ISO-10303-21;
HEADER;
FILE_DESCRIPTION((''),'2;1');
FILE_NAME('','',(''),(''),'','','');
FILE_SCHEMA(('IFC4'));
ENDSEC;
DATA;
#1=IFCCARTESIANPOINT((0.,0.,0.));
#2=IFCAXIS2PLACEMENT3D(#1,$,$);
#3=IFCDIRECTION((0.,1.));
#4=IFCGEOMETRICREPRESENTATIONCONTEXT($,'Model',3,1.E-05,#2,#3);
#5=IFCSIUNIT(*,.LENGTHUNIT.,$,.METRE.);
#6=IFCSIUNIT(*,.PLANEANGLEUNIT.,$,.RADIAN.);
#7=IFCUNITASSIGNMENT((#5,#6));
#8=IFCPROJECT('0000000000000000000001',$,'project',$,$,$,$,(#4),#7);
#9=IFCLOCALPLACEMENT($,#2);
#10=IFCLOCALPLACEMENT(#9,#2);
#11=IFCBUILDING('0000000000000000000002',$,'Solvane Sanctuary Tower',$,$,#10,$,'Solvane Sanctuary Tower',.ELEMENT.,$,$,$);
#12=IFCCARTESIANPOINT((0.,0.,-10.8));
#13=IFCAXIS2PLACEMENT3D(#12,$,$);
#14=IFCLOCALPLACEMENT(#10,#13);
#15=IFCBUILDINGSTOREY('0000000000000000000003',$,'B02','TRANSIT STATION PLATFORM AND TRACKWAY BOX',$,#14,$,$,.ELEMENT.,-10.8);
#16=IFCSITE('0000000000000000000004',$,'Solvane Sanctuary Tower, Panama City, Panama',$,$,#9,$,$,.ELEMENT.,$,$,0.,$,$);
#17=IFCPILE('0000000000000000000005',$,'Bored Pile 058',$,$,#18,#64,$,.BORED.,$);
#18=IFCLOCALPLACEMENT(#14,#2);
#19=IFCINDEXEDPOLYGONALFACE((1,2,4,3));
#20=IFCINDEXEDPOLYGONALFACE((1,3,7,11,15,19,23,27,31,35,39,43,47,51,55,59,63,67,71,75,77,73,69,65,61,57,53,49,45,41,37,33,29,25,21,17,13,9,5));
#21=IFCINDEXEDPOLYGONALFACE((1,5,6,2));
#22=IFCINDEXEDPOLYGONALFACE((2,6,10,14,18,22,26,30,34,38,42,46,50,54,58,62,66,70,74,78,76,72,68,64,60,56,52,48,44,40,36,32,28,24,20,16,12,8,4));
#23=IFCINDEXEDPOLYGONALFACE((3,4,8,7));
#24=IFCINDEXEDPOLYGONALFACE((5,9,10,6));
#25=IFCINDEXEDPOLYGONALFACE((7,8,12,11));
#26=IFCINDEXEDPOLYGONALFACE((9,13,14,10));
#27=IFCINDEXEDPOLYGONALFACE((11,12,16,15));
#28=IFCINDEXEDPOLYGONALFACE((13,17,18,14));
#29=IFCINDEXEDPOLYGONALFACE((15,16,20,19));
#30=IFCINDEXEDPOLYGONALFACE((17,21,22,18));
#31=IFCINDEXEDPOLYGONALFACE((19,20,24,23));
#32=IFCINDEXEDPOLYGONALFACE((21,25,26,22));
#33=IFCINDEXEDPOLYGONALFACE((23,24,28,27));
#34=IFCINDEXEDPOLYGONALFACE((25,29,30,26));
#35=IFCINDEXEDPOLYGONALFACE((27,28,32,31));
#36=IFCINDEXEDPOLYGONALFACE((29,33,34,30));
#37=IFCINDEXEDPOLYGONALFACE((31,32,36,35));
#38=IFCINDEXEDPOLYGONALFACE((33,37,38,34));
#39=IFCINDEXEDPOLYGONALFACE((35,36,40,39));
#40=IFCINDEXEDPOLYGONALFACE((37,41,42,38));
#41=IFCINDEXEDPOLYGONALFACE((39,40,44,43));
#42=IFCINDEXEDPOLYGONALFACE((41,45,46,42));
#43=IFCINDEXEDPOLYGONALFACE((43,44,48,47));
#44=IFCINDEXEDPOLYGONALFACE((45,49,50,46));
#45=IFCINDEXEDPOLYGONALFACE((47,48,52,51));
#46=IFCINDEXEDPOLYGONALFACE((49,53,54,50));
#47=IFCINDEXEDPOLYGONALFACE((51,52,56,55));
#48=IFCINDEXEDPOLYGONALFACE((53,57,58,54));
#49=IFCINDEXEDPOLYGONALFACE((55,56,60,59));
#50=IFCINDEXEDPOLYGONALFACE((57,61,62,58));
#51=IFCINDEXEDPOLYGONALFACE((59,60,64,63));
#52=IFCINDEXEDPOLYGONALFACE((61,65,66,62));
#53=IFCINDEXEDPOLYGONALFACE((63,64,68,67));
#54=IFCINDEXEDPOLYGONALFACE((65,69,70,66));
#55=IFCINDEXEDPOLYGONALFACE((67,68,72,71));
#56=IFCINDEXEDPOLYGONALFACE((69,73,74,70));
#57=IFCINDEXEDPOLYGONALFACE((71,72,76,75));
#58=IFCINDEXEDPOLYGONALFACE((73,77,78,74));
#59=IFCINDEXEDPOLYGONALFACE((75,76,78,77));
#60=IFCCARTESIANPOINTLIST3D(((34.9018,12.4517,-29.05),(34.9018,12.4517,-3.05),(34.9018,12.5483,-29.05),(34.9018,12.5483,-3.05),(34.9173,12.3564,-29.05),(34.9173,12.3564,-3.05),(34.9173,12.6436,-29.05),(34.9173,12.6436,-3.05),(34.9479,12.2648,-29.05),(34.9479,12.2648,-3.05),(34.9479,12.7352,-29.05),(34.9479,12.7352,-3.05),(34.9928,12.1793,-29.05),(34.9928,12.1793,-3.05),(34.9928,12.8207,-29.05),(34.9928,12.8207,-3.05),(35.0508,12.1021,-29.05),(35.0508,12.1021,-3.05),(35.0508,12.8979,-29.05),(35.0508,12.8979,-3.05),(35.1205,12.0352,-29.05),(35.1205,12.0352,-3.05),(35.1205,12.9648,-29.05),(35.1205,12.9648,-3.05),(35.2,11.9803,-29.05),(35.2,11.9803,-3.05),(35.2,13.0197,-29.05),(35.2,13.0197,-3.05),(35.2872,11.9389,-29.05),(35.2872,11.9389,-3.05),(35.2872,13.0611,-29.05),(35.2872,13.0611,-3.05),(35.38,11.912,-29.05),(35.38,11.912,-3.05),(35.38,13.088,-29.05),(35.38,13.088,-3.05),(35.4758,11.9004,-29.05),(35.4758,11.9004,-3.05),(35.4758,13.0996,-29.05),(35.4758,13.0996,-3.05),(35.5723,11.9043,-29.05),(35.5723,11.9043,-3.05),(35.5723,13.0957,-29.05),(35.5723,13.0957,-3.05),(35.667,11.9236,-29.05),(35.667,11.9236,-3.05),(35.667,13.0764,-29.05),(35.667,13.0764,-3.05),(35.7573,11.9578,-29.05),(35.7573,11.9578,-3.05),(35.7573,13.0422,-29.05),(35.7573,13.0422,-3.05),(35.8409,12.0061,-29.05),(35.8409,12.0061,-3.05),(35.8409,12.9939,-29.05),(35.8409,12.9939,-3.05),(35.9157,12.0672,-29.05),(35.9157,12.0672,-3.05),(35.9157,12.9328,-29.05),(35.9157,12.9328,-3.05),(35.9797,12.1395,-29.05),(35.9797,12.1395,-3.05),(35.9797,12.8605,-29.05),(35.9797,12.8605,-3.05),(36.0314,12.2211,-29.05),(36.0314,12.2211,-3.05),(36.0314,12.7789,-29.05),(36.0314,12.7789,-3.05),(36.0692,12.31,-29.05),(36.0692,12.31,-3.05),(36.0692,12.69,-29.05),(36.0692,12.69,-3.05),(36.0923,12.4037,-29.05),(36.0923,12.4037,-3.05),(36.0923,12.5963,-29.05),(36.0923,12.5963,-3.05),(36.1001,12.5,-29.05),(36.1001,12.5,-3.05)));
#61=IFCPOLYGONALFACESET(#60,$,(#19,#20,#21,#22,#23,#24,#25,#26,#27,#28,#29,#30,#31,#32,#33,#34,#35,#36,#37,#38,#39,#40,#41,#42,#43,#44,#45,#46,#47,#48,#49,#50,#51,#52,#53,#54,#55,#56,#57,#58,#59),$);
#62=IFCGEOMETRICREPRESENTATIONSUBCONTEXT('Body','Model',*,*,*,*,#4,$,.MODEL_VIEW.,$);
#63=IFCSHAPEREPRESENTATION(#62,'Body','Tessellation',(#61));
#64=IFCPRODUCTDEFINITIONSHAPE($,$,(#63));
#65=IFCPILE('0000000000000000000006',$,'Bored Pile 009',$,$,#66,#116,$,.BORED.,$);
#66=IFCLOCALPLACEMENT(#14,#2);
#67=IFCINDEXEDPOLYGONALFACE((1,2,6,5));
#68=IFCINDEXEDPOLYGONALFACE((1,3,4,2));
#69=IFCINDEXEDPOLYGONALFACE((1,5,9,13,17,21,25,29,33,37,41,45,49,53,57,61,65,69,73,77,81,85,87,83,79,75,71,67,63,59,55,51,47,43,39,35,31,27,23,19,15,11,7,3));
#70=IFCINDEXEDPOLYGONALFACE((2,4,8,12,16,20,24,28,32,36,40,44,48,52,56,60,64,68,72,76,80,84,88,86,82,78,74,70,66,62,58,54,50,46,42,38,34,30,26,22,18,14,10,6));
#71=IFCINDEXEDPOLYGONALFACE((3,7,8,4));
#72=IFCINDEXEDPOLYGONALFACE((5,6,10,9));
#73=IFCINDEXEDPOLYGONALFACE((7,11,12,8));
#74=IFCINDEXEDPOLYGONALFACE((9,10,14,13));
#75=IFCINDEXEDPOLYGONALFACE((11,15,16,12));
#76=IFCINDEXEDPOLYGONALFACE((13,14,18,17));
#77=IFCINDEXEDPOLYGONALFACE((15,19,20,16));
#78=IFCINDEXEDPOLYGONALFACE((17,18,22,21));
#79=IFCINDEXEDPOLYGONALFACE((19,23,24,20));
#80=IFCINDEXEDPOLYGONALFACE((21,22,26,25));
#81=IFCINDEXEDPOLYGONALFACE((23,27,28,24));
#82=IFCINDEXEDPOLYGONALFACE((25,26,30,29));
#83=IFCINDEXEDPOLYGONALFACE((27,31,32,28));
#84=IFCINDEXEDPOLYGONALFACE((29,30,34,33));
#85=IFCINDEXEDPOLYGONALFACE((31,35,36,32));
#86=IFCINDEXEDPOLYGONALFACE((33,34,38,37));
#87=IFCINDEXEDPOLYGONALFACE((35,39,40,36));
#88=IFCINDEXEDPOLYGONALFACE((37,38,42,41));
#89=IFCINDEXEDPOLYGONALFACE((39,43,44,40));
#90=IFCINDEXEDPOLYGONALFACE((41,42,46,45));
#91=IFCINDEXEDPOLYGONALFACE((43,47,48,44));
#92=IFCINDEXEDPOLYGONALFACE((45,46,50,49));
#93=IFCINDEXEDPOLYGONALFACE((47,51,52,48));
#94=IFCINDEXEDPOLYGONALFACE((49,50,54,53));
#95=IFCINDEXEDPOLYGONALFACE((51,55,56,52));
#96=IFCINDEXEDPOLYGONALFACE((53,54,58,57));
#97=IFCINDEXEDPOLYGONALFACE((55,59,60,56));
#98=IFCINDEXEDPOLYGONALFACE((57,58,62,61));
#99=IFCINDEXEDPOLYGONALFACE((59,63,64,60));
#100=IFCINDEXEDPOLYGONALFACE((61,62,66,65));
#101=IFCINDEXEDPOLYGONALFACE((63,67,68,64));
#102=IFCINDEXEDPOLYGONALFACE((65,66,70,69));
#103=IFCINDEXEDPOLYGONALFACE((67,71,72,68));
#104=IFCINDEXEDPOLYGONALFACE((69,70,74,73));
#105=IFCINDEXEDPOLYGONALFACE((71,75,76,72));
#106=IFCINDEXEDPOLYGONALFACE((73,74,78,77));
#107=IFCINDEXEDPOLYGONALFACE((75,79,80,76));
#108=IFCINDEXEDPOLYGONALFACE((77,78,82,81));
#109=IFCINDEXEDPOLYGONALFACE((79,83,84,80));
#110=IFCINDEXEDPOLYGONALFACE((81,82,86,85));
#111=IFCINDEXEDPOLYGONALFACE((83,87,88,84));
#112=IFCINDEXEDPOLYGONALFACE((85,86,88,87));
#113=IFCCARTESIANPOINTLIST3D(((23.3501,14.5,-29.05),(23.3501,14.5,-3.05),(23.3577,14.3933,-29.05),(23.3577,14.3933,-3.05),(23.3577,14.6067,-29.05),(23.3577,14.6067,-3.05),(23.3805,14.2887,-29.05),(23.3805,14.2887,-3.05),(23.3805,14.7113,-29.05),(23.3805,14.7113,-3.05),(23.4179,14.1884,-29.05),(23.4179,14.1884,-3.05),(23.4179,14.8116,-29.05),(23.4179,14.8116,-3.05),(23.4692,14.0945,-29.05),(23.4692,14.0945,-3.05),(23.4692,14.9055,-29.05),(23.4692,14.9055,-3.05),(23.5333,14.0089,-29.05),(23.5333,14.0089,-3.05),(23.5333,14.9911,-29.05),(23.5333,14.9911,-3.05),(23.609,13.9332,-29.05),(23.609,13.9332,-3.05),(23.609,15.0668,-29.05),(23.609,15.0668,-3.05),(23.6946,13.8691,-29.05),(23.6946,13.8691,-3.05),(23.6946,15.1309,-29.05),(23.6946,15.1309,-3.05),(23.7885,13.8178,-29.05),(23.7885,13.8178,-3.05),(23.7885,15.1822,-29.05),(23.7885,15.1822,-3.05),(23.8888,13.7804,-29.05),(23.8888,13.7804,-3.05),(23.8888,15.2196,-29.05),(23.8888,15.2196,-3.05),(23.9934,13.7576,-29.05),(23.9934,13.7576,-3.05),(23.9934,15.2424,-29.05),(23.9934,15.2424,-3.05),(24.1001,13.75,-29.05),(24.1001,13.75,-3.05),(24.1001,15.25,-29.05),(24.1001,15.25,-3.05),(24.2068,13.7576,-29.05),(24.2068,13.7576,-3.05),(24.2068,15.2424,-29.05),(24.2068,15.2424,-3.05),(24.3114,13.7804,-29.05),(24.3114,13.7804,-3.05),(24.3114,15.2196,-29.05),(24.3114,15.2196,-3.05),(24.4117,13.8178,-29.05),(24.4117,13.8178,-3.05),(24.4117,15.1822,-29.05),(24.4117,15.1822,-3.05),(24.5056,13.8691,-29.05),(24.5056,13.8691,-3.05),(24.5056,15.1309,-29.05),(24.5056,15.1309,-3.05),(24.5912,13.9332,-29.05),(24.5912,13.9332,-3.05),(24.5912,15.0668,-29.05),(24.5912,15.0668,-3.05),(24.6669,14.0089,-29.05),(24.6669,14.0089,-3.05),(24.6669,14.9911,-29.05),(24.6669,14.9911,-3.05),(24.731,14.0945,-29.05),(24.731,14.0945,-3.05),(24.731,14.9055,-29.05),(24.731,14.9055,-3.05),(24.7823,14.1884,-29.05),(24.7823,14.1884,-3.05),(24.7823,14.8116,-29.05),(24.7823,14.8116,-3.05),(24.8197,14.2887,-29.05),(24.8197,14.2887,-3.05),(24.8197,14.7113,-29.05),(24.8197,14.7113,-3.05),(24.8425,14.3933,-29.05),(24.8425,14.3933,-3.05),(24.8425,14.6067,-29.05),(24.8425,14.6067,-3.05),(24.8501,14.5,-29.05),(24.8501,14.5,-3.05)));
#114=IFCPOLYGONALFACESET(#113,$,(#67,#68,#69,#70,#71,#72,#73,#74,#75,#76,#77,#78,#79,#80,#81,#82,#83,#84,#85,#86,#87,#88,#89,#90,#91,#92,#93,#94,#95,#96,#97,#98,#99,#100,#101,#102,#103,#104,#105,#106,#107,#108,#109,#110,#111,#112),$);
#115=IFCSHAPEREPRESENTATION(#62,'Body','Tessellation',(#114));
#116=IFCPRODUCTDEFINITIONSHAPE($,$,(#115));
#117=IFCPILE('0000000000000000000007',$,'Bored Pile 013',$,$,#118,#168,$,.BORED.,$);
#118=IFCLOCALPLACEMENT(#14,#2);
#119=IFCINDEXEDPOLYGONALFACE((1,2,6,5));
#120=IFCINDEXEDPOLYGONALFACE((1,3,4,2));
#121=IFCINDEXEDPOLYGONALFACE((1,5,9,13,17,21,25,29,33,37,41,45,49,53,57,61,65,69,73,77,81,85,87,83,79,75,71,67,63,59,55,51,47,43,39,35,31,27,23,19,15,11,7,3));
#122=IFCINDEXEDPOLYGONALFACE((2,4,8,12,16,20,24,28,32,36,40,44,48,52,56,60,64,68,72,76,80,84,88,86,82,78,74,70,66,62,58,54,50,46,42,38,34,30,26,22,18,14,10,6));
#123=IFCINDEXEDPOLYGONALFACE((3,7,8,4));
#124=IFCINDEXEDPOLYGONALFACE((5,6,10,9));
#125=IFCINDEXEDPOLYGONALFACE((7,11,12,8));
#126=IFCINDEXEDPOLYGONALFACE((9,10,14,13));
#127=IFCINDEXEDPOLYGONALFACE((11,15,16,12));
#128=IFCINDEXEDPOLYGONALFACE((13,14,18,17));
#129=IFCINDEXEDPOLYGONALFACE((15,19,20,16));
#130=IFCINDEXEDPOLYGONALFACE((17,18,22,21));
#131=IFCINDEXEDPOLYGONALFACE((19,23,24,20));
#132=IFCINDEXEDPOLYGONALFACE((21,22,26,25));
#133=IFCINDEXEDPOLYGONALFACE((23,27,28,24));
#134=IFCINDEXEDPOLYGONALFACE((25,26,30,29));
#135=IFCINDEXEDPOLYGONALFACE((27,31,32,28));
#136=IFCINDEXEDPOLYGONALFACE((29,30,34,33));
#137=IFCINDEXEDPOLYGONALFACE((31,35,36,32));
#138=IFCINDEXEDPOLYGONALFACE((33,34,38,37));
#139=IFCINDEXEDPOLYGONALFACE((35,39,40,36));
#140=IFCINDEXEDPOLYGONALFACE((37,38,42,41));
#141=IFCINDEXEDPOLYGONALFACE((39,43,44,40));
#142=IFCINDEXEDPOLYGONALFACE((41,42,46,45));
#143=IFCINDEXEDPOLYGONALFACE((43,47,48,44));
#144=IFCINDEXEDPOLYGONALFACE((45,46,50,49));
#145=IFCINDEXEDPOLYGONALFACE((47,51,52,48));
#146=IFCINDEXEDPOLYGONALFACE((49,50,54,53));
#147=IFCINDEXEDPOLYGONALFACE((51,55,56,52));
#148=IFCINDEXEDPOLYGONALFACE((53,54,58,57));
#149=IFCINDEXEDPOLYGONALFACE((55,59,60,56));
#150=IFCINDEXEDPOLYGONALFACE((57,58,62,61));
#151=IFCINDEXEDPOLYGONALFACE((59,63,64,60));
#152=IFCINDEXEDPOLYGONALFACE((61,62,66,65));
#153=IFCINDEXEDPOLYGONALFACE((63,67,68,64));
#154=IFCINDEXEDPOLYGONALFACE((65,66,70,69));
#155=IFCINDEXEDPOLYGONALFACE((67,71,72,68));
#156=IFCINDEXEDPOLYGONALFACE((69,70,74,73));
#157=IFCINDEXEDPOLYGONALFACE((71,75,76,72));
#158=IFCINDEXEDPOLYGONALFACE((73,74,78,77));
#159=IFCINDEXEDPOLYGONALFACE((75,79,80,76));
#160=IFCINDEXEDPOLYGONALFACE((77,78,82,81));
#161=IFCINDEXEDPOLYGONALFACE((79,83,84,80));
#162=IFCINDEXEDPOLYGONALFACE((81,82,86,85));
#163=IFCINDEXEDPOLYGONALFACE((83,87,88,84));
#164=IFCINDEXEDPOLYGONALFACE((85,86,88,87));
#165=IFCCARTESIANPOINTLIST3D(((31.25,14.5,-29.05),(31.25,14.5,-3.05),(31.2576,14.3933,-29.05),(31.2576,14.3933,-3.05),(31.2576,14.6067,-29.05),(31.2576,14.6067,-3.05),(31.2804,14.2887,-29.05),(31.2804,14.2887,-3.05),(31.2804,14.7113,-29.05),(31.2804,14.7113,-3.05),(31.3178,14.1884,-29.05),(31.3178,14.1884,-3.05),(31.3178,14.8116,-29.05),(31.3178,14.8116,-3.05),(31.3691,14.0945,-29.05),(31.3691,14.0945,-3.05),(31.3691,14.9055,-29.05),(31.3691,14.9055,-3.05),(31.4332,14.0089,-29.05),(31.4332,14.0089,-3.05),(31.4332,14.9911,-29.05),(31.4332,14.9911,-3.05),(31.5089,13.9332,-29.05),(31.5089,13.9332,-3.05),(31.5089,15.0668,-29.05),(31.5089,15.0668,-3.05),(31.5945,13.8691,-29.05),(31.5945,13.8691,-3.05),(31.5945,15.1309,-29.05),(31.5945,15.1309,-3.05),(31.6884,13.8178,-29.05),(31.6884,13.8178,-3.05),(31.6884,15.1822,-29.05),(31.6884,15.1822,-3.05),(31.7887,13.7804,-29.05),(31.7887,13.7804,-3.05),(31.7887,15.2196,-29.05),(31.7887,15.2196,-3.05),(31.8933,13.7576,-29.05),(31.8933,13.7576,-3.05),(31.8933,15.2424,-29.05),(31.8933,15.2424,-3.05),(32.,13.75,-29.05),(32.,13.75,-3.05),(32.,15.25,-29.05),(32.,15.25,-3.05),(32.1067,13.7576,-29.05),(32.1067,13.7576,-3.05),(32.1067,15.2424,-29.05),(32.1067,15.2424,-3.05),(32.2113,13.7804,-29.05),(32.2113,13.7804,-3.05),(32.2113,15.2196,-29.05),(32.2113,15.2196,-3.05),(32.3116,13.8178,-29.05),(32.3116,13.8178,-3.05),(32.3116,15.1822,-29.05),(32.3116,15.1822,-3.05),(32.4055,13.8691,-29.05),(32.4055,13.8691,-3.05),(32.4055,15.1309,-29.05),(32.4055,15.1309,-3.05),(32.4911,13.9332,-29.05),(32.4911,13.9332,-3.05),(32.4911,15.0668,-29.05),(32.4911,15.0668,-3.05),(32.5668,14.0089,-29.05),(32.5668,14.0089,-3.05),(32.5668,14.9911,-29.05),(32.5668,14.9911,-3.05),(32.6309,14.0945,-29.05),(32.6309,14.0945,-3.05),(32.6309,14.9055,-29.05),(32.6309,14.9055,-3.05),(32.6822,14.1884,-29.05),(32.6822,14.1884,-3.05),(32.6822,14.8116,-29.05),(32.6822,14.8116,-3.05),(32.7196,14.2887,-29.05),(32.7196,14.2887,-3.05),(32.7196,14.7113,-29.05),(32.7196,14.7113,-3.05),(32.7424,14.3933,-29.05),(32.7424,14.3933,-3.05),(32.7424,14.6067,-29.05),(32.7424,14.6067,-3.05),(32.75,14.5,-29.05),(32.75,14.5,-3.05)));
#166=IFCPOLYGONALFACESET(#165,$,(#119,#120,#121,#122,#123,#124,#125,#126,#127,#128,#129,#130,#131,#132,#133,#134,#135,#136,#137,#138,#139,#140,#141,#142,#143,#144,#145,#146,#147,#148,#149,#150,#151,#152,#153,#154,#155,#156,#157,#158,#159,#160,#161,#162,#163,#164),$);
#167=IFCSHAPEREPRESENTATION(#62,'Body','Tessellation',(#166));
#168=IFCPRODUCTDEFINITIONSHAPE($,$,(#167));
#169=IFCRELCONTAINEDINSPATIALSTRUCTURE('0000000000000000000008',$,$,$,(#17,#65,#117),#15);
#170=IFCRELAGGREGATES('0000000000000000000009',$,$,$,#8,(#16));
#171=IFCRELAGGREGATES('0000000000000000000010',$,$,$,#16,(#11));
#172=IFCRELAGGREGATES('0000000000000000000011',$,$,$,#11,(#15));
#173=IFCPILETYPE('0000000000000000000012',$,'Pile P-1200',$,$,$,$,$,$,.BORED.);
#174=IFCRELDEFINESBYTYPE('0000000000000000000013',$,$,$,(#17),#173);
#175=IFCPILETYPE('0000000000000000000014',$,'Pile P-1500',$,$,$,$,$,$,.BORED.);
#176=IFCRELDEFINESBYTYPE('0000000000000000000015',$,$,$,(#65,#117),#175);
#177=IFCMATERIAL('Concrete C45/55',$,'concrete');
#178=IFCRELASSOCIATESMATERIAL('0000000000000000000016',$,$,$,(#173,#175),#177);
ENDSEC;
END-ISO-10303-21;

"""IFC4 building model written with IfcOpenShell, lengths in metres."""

from ifc_helpers import new_model, si_unit, direction, frame, origin, origin_2d, place, context, subcontext, project, spatial, circle, extrude, material, material_profile, profile_set, type_object, element, save


model = new_model("IFC4")

# Units and contexts
model_context = context("Model", 3, precision=1e-05, world=origin(), true_north=direction((0.0, 1.0)))
body_context = subcontext(model_context, "Body", "Model", "MODEL_VIEW")
ifc_project = project(units=[si_unit("LENGTHUNIT", "METRE"), si_unit("PLANEANGLEUNIT", "RADIAN")], contexts=[model_context])

# Site, building, storey
site_placement = place(None, origin())
site = spatial("IfcSite", under=ifc_project, at=site_placement, Name="Solvane Sanctuary Tower, Panama City, Panama", CompositionType="ELEMENT", RefElevation=0.0)
building_placement = place(site_placement, origin())
building = spatial("IfcBuilding", under=site, at=building_placement, Name="Solvane Sanctuary Tower", LongName="Solvane Sanctuary Tower", CompositionType="ELEMENT")
storey_placement = place(building_placement, frame((0.0, 0.0, -10.8)))
storey = spatial("IfcBuildingStorey", under=building, at=storey_placement, Name="B02", Description="TRANSIT STATION PLATFORM AND TRACKWAY BOX", CompositionType="ELEMENT", Elevation=-10.8)

# Piles
ifc_material_1 = material(Name="Concrete C45/55", Category="concrete")
ifc_material_profile_1 = material_profile(ifc_material_1, circle(Radius=0.6001, at=origin_2d()), Name="PILE1200")
ifc_profile_set_1 = profile_set([ifc_material_profile_1], Name="Concrete C45/55")
pile_type_1 = type_object("IfcPileType", Name="Pile P-1200", PredefinedType="BORED", material=ifc_profile_set_1)
for number, where, z_axis, x_axis, name in (
    (1, (35.5, 12.5, -3.05), (0.0, 0.0, -1.0), (1.0, 0.0, 0.0), "Bored Pile 058"),
):
    element("IfcPile", number, at=place(storey_placement, frame(where, z_axis=z_axis, x_axis=x_axis)), inside=storey, type_object=pile_type_1, Name=name, PredefinedType="BORED", context=body_context, shape_type="SweptSolid", body=[
        extrude(circle(Radius=0.6001, at=origin_2d()), origin(), (0.0, 0.0, 1.0), 26.0),
    ])
ifc_material_profile_2 = material_profile(ifc_material_1, circle(Radius=0.75, at=origin_2d()), Name="PILE1500")
ifc_profile_set_2 = profile_set([ifc_material_profile_2], Name="Concrete C45/55")
pile_type_2 = type_object("IfcPileType", Name="Pile P-1500", PredefinedType="BORED", material=ifc_profile_set_2)
for number, where, z_axis, x_axis, name in (
    (2, (24.1001, 14.5, -3.05), (0.0, 0.0, -1.0), (1.0, 0.0, 0.0), "Bored Pile 009"),
    (3, (32.0, 14.5, -3.05), (0.0, 0.0, -1.0), (1.0, 0.0, 0.0), "Bored Pile 013"),
):
    element("IfcPile", number, at=place(storey_placement, frame(where, z_axis=z_axis, x_axis=x_axis)), inside=storey, type_object=pile_type_2, Name=name, PredefinedType="BORED", context=body_context, shape_type="SweptSolid", body=[
        extrude(circle(Radius=0.75, at=origin_2d()), origin(), (0.0, 0.0, 1.0), 26.0),
    ])

save(model, "model.ifc")
